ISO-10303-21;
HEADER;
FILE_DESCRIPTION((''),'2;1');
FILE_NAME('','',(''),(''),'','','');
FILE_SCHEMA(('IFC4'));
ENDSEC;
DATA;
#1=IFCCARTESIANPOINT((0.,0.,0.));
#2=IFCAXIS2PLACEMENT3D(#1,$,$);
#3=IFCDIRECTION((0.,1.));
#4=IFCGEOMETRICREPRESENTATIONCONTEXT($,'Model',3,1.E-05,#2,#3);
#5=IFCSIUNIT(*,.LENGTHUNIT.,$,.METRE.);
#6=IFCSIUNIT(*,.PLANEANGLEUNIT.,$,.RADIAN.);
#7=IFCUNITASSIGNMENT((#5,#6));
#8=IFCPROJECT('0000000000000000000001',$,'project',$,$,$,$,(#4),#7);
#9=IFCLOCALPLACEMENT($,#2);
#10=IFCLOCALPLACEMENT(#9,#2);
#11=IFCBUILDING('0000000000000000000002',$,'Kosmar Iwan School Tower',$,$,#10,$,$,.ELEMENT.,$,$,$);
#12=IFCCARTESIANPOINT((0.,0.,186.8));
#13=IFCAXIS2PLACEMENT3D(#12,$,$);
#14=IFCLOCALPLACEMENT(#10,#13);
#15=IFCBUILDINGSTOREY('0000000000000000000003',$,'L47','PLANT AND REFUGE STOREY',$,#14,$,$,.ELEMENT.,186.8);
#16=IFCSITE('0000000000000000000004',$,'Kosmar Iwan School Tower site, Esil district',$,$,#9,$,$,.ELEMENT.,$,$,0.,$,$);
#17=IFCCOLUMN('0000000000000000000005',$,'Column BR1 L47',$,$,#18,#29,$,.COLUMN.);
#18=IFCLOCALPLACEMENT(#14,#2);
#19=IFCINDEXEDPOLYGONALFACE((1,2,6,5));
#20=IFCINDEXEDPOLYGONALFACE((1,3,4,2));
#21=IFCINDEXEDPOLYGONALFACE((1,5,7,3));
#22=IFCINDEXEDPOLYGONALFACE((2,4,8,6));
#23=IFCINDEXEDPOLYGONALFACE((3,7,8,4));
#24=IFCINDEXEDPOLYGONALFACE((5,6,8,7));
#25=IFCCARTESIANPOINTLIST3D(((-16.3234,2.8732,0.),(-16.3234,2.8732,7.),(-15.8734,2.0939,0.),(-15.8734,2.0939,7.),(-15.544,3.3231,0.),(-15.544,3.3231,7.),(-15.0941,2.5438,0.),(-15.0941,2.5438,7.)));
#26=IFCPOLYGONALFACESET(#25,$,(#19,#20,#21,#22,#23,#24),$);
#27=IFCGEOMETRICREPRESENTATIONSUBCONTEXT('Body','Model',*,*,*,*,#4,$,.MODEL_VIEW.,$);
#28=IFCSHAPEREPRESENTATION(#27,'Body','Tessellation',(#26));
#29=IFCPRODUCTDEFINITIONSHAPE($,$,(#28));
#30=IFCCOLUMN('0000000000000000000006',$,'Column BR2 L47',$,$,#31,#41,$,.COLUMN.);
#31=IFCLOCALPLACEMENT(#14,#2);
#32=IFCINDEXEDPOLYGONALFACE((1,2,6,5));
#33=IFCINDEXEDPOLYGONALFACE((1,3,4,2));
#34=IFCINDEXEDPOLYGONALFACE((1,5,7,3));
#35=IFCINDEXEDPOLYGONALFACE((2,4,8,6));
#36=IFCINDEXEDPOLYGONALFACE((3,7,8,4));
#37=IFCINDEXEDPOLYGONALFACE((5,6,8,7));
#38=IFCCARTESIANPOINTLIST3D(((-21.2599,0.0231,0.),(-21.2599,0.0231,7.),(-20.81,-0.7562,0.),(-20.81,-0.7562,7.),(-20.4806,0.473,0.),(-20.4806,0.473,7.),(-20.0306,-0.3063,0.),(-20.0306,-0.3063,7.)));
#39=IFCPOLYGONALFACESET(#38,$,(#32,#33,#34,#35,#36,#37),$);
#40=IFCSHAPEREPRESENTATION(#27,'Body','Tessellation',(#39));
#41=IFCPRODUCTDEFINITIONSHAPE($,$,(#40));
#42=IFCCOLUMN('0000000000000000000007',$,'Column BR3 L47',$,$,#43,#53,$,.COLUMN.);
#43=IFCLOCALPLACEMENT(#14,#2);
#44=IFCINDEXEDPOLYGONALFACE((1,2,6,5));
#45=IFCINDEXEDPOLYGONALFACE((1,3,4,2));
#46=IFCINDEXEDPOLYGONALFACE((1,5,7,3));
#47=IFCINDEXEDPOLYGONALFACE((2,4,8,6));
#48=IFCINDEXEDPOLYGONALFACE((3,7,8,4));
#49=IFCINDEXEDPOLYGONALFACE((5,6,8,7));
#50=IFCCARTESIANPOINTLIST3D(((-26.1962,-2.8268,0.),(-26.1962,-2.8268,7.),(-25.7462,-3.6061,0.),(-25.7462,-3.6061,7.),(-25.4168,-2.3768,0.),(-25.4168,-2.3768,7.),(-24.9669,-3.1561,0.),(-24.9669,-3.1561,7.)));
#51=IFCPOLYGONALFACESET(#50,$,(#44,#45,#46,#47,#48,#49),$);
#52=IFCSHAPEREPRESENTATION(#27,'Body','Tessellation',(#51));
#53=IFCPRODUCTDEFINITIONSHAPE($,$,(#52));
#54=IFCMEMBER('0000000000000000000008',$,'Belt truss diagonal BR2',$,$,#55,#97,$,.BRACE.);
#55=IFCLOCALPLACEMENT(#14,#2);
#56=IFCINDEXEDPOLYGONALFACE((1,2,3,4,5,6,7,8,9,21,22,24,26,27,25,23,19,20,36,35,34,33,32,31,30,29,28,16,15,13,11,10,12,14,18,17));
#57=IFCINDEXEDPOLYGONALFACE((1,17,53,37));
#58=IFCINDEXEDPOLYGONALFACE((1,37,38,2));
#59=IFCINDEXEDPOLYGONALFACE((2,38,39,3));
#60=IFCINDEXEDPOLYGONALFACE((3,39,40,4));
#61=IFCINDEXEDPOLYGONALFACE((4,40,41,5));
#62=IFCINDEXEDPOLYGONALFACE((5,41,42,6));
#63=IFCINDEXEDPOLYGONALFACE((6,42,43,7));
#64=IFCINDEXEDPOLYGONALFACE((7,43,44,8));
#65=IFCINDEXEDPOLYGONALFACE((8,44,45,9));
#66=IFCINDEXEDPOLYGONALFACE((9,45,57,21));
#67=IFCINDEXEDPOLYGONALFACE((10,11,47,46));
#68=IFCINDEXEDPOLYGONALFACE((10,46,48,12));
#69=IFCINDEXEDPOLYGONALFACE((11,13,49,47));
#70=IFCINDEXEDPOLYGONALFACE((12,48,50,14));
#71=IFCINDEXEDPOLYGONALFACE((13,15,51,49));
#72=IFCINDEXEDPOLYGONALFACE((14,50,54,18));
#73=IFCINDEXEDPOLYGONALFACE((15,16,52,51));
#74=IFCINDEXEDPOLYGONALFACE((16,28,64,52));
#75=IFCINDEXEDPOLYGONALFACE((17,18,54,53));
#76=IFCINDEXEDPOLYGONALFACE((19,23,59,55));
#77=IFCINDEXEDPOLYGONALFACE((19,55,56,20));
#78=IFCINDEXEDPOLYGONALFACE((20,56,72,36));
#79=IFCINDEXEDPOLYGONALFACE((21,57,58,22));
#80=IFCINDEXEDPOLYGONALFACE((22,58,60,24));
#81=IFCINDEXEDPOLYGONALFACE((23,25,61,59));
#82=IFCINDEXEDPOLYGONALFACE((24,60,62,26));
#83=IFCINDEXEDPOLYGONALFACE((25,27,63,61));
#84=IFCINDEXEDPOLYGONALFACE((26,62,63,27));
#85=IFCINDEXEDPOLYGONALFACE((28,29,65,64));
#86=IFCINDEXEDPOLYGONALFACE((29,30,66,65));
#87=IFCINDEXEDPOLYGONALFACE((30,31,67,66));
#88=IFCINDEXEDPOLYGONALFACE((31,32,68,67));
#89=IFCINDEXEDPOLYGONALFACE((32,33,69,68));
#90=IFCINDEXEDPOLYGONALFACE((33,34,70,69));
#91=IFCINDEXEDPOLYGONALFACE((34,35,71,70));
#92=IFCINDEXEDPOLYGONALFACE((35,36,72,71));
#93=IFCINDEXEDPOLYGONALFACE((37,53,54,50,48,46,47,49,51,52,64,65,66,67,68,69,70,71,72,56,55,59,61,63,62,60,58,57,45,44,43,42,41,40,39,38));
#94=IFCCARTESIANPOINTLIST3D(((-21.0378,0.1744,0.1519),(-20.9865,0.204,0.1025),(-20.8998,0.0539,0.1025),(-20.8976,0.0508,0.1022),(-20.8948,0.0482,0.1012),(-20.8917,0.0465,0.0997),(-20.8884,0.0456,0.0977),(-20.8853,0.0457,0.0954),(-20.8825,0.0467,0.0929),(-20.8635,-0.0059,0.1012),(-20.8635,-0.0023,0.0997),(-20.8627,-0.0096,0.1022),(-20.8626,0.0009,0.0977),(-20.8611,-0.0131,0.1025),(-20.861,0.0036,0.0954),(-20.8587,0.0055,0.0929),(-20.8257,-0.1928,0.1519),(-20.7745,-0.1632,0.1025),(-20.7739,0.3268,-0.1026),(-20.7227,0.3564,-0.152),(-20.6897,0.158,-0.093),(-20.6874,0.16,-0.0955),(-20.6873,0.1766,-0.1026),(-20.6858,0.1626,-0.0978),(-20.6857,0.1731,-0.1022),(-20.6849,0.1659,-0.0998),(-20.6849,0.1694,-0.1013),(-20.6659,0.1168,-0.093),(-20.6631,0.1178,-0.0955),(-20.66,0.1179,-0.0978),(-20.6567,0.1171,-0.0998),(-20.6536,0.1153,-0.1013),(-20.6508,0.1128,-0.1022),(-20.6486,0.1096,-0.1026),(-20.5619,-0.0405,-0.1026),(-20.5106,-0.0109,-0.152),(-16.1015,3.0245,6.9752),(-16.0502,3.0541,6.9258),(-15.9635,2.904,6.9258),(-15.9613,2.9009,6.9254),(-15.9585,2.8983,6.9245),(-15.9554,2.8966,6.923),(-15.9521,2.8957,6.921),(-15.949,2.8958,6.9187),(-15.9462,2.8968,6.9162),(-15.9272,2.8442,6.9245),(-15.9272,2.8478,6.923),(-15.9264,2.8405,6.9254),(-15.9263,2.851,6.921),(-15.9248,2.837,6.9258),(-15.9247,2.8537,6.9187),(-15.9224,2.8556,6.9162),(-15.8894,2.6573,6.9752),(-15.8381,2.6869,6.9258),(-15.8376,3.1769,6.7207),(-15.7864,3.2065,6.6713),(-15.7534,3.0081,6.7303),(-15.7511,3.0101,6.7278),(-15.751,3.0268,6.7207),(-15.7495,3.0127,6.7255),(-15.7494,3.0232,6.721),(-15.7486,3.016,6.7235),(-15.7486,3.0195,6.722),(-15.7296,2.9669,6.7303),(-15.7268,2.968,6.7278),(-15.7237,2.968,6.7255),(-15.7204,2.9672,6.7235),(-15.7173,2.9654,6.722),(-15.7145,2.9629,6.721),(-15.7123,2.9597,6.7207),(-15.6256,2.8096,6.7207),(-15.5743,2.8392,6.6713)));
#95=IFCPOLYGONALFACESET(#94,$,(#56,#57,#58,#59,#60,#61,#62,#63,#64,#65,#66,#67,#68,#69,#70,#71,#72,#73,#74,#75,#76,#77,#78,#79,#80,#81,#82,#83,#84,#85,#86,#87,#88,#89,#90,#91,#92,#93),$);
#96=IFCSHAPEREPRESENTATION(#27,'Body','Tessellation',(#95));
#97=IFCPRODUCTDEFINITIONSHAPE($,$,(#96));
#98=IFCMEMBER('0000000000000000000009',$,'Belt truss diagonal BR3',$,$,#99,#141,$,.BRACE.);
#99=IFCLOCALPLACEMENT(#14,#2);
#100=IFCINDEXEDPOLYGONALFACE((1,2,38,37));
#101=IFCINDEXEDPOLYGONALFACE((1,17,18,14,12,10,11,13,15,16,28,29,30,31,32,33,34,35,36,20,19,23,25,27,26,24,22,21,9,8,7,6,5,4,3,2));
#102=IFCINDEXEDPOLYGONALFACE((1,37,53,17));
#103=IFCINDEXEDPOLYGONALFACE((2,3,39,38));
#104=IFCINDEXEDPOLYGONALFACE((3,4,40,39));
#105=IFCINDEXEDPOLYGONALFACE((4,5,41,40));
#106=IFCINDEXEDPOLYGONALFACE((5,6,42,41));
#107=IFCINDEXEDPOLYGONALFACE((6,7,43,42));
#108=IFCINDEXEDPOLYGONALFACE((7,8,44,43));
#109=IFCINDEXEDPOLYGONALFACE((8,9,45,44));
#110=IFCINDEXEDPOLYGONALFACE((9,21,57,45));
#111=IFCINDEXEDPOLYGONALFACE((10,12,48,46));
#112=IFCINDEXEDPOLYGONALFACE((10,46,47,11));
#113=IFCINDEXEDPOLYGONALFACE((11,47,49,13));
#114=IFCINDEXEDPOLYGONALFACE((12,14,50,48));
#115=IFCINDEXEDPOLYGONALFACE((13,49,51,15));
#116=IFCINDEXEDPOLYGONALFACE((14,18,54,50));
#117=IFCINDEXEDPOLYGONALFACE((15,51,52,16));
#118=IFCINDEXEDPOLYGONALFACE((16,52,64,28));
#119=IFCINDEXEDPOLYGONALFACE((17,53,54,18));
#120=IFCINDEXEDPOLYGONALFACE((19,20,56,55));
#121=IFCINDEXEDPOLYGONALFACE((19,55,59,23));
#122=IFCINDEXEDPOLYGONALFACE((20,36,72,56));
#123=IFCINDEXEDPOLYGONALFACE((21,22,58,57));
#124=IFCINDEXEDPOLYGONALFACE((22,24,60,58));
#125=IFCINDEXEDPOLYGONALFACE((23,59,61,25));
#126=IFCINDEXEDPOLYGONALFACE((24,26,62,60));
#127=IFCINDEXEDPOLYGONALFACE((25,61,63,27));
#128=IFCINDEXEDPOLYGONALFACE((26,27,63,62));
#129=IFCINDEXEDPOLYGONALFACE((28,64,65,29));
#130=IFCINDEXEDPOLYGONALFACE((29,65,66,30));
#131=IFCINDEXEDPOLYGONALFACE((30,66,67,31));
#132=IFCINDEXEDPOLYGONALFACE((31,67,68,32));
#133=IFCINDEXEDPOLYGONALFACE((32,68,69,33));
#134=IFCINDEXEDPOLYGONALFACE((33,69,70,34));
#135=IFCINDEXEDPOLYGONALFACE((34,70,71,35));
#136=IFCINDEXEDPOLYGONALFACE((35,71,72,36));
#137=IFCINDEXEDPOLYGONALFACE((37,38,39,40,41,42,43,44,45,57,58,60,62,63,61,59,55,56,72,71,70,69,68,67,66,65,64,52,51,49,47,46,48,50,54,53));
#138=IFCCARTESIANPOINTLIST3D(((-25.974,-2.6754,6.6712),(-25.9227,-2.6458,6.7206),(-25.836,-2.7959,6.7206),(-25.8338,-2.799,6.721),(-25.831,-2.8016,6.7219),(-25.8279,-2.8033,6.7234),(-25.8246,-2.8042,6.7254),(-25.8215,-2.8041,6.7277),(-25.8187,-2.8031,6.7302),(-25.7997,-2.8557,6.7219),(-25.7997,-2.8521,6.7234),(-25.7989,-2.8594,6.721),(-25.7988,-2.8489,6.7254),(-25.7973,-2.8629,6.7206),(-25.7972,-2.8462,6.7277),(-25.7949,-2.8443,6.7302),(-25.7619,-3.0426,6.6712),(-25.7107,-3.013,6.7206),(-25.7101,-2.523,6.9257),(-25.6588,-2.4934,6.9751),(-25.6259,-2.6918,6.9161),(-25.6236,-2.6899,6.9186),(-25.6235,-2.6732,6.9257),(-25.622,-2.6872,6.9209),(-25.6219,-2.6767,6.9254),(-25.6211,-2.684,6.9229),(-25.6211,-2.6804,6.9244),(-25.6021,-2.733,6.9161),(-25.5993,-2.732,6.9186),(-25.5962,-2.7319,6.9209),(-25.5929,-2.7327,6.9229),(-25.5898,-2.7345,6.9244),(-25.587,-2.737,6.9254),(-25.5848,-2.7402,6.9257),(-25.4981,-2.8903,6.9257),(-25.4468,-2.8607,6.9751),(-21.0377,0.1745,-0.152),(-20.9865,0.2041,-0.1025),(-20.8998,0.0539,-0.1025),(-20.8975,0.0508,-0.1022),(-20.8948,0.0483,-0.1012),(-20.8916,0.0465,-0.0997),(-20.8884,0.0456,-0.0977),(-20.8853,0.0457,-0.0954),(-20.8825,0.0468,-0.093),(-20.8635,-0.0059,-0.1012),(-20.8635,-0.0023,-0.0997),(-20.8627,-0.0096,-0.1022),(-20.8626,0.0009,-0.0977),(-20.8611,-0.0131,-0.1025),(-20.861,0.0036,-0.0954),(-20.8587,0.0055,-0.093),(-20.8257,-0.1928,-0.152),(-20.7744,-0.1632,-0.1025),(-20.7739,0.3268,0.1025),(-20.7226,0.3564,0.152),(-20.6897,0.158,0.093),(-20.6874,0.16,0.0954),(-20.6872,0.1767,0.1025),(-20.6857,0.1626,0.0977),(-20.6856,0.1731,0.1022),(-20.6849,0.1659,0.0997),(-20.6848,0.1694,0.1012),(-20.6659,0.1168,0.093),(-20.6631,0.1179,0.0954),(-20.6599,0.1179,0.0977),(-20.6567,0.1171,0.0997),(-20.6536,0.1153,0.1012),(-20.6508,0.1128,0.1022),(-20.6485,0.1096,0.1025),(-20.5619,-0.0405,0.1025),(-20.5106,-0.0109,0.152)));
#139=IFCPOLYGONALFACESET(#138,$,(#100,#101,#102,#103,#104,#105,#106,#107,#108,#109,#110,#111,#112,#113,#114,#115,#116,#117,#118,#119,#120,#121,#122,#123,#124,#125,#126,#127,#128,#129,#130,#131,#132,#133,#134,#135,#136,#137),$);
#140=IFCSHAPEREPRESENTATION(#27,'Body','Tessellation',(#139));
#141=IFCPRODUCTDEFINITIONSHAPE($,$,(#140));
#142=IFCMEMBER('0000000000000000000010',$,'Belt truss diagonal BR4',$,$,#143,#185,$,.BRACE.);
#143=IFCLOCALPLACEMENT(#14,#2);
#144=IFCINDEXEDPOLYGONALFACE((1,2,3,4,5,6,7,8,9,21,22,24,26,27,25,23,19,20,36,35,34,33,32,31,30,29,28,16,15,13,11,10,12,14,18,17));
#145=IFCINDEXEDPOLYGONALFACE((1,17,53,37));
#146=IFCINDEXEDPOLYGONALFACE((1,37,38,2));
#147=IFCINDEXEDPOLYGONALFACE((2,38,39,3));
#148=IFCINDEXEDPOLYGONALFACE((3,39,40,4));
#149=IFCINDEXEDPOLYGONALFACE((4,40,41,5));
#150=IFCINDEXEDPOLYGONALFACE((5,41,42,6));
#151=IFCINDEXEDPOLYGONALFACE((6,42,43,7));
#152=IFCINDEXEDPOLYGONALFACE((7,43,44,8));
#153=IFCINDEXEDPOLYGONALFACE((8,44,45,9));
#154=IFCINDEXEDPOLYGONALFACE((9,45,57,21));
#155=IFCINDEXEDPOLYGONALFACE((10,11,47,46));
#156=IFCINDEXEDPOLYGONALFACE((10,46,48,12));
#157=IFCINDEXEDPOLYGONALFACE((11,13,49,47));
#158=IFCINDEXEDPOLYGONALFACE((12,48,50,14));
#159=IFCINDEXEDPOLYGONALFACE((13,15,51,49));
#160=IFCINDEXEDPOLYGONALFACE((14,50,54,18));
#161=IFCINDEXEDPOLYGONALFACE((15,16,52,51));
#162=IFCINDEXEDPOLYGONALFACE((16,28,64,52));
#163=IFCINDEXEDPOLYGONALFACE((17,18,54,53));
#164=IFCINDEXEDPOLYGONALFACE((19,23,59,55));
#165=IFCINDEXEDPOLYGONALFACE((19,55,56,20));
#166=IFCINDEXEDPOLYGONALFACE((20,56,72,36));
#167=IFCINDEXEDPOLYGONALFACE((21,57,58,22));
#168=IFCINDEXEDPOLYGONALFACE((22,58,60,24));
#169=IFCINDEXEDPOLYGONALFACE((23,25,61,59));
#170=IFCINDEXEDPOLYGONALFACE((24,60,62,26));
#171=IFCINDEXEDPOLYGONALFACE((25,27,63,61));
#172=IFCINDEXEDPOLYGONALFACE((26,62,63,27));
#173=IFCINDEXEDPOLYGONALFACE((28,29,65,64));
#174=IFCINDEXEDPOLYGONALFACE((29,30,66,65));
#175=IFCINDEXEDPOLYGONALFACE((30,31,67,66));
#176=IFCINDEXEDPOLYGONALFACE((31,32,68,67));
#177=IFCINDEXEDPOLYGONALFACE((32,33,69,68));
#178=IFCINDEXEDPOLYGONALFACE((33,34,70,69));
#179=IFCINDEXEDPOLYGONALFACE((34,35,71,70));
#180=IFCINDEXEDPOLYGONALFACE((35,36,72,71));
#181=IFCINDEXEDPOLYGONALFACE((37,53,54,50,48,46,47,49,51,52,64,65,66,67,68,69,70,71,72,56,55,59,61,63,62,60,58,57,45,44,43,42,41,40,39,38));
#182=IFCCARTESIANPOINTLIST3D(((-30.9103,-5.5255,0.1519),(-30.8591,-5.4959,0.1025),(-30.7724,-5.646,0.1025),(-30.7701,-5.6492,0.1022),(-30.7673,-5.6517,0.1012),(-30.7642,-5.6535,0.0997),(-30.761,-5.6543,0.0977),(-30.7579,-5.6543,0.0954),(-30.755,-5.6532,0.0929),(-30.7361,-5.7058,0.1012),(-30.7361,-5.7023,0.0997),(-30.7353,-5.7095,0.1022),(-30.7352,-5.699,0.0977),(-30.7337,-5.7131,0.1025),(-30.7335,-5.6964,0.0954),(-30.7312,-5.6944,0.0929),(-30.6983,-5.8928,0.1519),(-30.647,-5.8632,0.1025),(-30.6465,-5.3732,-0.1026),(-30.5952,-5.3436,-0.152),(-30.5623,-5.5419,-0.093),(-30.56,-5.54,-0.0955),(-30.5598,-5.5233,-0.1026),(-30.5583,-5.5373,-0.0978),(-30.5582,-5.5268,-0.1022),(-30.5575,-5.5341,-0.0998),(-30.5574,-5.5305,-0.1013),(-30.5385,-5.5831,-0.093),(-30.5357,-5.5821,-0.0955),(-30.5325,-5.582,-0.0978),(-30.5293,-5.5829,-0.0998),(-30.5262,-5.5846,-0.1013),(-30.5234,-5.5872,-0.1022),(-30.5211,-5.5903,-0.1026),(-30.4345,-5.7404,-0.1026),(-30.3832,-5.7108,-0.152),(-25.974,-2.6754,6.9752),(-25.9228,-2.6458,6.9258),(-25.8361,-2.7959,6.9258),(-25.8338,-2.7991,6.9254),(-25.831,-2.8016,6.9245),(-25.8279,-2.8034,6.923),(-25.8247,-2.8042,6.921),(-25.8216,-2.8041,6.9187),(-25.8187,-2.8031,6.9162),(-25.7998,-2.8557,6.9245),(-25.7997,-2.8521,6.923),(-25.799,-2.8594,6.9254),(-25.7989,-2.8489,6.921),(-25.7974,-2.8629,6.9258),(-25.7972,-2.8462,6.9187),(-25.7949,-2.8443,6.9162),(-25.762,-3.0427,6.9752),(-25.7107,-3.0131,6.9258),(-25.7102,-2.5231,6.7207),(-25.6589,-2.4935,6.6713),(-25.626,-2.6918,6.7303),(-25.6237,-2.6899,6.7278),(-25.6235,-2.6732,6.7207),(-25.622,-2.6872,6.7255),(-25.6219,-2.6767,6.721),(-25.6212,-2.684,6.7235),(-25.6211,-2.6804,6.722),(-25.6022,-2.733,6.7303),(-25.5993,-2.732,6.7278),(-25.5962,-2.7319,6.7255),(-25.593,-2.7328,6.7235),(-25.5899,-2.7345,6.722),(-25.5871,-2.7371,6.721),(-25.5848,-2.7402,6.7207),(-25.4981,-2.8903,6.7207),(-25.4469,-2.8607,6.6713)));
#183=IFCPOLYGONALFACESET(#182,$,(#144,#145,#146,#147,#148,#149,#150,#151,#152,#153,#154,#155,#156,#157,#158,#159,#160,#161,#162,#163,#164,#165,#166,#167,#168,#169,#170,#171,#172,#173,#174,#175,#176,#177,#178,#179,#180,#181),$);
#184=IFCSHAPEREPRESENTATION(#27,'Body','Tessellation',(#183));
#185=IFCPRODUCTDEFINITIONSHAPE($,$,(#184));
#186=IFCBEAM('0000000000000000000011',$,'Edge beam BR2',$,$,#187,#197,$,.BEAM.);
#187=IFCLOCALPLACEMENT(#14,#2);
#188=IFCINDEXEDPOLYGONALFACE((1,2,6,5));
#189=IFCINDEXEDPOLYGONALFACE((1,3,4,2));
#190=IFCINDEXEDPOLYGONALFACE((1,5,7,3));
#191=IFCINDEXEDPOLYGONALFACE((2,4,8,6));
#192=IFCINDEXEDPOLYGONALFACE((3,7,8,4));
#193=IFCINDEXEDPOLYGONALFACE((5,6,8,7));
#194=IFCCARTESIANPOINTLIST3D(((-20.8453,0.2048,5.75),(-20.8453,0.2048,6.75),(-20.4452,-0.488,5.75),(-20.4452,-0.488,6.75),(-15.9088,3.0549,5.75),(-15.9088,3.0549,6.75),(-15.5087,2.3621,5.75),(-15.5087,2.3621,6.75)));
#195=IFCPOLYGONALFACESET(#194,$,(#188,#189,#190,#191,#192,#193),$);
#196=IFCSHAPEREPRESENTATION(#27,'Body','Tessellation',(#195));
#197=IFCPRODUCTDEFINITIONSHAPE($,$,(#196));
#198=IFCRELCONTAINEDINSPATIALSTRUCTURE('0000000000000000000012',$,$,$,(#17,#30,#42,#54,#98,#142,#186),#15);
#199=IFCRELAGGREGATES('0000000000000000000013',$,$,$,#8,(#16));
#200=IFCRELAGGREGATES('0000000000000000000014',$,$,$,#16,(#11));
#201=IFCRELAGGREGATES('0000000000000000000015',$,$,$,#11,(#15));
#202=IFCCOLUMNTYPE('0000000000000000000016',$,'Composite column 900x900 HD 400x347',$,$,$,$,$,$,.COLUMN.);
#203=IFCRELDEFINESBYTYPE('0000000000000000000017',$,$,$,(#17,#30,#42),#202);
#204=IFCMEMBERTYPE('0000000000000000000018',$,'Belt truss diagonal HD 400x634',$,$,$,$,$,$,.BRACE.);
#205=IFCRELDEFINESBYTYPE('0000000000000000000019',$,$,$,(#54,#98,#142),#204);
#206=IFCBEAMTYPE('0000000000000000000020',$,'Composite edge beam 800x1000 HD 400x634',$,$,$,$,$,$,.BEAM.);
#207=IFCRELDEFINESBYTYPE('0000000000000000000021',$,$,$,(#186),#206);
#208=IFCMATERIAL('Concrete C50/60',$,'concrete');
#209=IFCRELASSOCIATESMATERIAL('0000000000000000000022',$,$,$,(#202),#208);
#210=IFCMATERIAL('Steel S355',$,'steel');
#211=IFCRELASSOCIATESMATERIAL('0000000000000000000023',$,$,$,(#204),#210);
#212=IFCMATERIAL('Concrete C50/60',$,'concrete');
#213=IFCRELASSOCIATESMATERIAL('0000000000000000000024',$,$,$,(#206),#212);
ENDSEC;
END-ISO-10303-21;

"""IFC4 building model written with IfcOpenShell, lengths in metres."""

from ifc_helpers import new_model, si_unit, direction, frame, origin, origin_2d, place, context, subcontext, project, spatial, rectangle, i_section, extrude, material, material_profile, profile_set, type_object, element, save


model = new_model("IFC4")

# Units and contexts
model_context = context("Model", 3, precision=1e-05, world=origin(), true_north=direction((0.0, 1.0)))
body_context = subcontext(model_context, "Body", "Model", "MODEL_VIEW")
ifc_project = project(units=[si_unit("LENGTHUNIT", "METRE"), si_unit("PLANEANGLEUNIT", "RADIAN")], contexts=[model_context])

# Site, building, storey
site_placement = place(None, origin())
site = spatial("IfcSite", under=ifc_project, at=site_placement, Name="Kosmar Iwan School Tower site, Esil district", CompositionType="ELEMENT", RefElevation=0.0)
building_placement = place(site_placement, origin())
building = spatial("IfcBuilding", under=site, at=building_placement, Name="Kosmar Iwan School Tower", CompositionType="ELEMENT")
storey_placement = place(building_placement, frame((0.0, 0.0, 186.8)))
storey = spatial("IfcBuildingStorey", under=building, at=storey_placement, Name="L47", Description="PLANT AND REFUGE STOREY", CompositionType="ELEMENT", Elevation=186.8)

# Columns
ifc_material_1 = material(Name="Concrete C50/60", Category="concrete")
ifc_material_profile_1 = material_profile(ifc_material_1, rectangle(XDim=0.8999, YDim=0.8999, at=origin_2d()), Name="RC 900x900 + HD 400x347")
ifc_profile_set_1 = profile_set([ifc_material_profile_1], Name="Concrete C50/60")
column_type = type_object("IfcColumnType", Name="Composite column 900x900 HD 400x347", PredefinedType="COLUMN", material=ifc_profile_set_1)
for number, where, z_axis, x_axis, name in (
    (1, (-15.7087, 2.7085, 0.0), (0.0, 0.0, 1.0), (-0.866025, -0.5, 0.0), "Column BR1 L47"),
    (2, (-20.6453, -0.1416, 0.0), (0.0, 0.0, 1.0), (-0.866025, -0.5, 0.0), "Column BR2 L47"),
    (3, (-25.5815, -2.9915, 0.0), (0.0, 0.0, 1.0), (-0.866025, -0.5, 0.0), "Column BR3 L47"),
):
    element("IfcColumn", number, at=place(storey_placement, frame(where, z_axis=z_axis, x_axis=x_axis)), inside=storey, type_object=column_type, Name=name, PredefinedType="COLUMN", context=body_context, shape_type="SweptSolid", body=[
        extrude(rectangle(XDim=0.8999, YDim=0.8999, at=origin_2d()), origin(), (0.0, 0.0, 1.0), 7.0),
    ])

# Members
ifc_material_2 = material(Name="Steel S355", Category="steel")
ifc_material_profile_2 = material_profile(ifc_material_2, i_section(OverallWidth=0.4241, OverallDepth=0.4741, WebThickness=0.0476, FlangeThickness=0.0771, FilletRadius=0.0149, at=origin_2d()), Name="HD 400x634")
ifc_profile_set_2 = profile_set([ifc_material_profile_2], Name="Steel S355")
member_type = type_object("IfcMemberType", Name="Belt truss diagonal HD 400x634", PredefinedType="BRACE", material=ifc_profile_set_2)
member_1_placement = place(storey_placement, frame((-15.8379, 2.9319, 6.8232), z_axis=(-0.555211, -0.320567, -0.767449), x_axis=(0.500018, -0.866015, 0.0)))
element("IfcMember", 4, at=member_1_placement, inside=storey, type_object=member_type, Name="Belt truss diagonal BR2", PredefinedType="BRACE", context=body_context, shape_type="SweptSolid", body=[
    extrude(i_section(OverallWidth=0.4241, OverallDepth=0.4741, WebThickness=0.0476, FlangeThickness=0.0771, FilletRadius=0.0149, at=origin_2d()), origin(), (0.0, 0.0, 1.0), 8.8909),
])
member_2_placement = place(storey_placement, frame((-20.7742, 0.0818, 0.0), z_axis=(-0.555216, -0.320542, 0.767455), x_axis=(0.499986, -0.866034, 0.0)))
element("IfcMember", 5, at=member_2_placement, inside=storey, type_object=member_type, Name="Belt truss diagonal BR3", PredefinedType="BRACE", context=body_context, shape_type="SweptSolid", body=[
    extrude(i_section(OverallWidth=0.4241, OverallDepth=0.4741, WebThickness=0.0476, FlangeThickness=0.0771, FilletRadius=0.0149, at=origin_2d()), origin(), (0.0, 0.0, 1.0), 8.8906),
])
member_3_placement = place(storey_placement, frame((-25.7104, -2.7681, 6.8232), z_axis=(-0.555211, -0.320567, -0.767449), x_axis=(0.500018, -0.866015, 0.0)))
element("IfcMember", 6, at=member_3_placement, inside=storey, type_object=member_type, Name="Belt truss diagonal BR4", PredefinedType="BRACE", context=body_context, shape_type="SweptSolid", body=[
    extrude(i_section(OverallWidth=0.4241, OverallDepth=0.4741, WebThickness=0.0476, FlangeThickness=0.0771, FilletRadius=0.0149, at=origin_2d()), origin(), (0.0, 0.0, 1.0), 8.8909),
])

# Beam
ifc_material_3 = material(Name="Concrete C50/60", Category="concrete")
ifc_material_profile_3 = material_profile(ifc_material_3, rectangle(XDim=0.8, YDim=1.0, at=origin_2d()), Name="RC 800x1000 + HD 400x634")
ifc_profile_set_3 = profile_set([ifc_material_profile_3], Name="Concrete C50/60")
beam_type_1 = type_object("IfcBeamType", Name="Composite edge beam 800x1000 HD 400x634", PredefinedType="BEAM", material=ifc_profile_set_3)
beam_1_placement = place(storey_placement, frame((-15.7087, 2.7085, 6.25), z_axis=(-0.866026, -0.499999, 0.0), x_axis=(0.499999, -0.866026, 0.0)))
element("IfcBeam", 7, at=beam_1_placement, inside=storey, type_object=beam_type_1, Name="Edge beam BR2", PredefinedType="BEAM", context=body_context, shape_type="SweptSolid", body=[
    extrude(rectangle(XDim=0.8, YDim=1.0, at=origin_2d()), origin(), (0.0, 0.0, 1.0), 5.7002),
])

save(model, "model.ifc")
